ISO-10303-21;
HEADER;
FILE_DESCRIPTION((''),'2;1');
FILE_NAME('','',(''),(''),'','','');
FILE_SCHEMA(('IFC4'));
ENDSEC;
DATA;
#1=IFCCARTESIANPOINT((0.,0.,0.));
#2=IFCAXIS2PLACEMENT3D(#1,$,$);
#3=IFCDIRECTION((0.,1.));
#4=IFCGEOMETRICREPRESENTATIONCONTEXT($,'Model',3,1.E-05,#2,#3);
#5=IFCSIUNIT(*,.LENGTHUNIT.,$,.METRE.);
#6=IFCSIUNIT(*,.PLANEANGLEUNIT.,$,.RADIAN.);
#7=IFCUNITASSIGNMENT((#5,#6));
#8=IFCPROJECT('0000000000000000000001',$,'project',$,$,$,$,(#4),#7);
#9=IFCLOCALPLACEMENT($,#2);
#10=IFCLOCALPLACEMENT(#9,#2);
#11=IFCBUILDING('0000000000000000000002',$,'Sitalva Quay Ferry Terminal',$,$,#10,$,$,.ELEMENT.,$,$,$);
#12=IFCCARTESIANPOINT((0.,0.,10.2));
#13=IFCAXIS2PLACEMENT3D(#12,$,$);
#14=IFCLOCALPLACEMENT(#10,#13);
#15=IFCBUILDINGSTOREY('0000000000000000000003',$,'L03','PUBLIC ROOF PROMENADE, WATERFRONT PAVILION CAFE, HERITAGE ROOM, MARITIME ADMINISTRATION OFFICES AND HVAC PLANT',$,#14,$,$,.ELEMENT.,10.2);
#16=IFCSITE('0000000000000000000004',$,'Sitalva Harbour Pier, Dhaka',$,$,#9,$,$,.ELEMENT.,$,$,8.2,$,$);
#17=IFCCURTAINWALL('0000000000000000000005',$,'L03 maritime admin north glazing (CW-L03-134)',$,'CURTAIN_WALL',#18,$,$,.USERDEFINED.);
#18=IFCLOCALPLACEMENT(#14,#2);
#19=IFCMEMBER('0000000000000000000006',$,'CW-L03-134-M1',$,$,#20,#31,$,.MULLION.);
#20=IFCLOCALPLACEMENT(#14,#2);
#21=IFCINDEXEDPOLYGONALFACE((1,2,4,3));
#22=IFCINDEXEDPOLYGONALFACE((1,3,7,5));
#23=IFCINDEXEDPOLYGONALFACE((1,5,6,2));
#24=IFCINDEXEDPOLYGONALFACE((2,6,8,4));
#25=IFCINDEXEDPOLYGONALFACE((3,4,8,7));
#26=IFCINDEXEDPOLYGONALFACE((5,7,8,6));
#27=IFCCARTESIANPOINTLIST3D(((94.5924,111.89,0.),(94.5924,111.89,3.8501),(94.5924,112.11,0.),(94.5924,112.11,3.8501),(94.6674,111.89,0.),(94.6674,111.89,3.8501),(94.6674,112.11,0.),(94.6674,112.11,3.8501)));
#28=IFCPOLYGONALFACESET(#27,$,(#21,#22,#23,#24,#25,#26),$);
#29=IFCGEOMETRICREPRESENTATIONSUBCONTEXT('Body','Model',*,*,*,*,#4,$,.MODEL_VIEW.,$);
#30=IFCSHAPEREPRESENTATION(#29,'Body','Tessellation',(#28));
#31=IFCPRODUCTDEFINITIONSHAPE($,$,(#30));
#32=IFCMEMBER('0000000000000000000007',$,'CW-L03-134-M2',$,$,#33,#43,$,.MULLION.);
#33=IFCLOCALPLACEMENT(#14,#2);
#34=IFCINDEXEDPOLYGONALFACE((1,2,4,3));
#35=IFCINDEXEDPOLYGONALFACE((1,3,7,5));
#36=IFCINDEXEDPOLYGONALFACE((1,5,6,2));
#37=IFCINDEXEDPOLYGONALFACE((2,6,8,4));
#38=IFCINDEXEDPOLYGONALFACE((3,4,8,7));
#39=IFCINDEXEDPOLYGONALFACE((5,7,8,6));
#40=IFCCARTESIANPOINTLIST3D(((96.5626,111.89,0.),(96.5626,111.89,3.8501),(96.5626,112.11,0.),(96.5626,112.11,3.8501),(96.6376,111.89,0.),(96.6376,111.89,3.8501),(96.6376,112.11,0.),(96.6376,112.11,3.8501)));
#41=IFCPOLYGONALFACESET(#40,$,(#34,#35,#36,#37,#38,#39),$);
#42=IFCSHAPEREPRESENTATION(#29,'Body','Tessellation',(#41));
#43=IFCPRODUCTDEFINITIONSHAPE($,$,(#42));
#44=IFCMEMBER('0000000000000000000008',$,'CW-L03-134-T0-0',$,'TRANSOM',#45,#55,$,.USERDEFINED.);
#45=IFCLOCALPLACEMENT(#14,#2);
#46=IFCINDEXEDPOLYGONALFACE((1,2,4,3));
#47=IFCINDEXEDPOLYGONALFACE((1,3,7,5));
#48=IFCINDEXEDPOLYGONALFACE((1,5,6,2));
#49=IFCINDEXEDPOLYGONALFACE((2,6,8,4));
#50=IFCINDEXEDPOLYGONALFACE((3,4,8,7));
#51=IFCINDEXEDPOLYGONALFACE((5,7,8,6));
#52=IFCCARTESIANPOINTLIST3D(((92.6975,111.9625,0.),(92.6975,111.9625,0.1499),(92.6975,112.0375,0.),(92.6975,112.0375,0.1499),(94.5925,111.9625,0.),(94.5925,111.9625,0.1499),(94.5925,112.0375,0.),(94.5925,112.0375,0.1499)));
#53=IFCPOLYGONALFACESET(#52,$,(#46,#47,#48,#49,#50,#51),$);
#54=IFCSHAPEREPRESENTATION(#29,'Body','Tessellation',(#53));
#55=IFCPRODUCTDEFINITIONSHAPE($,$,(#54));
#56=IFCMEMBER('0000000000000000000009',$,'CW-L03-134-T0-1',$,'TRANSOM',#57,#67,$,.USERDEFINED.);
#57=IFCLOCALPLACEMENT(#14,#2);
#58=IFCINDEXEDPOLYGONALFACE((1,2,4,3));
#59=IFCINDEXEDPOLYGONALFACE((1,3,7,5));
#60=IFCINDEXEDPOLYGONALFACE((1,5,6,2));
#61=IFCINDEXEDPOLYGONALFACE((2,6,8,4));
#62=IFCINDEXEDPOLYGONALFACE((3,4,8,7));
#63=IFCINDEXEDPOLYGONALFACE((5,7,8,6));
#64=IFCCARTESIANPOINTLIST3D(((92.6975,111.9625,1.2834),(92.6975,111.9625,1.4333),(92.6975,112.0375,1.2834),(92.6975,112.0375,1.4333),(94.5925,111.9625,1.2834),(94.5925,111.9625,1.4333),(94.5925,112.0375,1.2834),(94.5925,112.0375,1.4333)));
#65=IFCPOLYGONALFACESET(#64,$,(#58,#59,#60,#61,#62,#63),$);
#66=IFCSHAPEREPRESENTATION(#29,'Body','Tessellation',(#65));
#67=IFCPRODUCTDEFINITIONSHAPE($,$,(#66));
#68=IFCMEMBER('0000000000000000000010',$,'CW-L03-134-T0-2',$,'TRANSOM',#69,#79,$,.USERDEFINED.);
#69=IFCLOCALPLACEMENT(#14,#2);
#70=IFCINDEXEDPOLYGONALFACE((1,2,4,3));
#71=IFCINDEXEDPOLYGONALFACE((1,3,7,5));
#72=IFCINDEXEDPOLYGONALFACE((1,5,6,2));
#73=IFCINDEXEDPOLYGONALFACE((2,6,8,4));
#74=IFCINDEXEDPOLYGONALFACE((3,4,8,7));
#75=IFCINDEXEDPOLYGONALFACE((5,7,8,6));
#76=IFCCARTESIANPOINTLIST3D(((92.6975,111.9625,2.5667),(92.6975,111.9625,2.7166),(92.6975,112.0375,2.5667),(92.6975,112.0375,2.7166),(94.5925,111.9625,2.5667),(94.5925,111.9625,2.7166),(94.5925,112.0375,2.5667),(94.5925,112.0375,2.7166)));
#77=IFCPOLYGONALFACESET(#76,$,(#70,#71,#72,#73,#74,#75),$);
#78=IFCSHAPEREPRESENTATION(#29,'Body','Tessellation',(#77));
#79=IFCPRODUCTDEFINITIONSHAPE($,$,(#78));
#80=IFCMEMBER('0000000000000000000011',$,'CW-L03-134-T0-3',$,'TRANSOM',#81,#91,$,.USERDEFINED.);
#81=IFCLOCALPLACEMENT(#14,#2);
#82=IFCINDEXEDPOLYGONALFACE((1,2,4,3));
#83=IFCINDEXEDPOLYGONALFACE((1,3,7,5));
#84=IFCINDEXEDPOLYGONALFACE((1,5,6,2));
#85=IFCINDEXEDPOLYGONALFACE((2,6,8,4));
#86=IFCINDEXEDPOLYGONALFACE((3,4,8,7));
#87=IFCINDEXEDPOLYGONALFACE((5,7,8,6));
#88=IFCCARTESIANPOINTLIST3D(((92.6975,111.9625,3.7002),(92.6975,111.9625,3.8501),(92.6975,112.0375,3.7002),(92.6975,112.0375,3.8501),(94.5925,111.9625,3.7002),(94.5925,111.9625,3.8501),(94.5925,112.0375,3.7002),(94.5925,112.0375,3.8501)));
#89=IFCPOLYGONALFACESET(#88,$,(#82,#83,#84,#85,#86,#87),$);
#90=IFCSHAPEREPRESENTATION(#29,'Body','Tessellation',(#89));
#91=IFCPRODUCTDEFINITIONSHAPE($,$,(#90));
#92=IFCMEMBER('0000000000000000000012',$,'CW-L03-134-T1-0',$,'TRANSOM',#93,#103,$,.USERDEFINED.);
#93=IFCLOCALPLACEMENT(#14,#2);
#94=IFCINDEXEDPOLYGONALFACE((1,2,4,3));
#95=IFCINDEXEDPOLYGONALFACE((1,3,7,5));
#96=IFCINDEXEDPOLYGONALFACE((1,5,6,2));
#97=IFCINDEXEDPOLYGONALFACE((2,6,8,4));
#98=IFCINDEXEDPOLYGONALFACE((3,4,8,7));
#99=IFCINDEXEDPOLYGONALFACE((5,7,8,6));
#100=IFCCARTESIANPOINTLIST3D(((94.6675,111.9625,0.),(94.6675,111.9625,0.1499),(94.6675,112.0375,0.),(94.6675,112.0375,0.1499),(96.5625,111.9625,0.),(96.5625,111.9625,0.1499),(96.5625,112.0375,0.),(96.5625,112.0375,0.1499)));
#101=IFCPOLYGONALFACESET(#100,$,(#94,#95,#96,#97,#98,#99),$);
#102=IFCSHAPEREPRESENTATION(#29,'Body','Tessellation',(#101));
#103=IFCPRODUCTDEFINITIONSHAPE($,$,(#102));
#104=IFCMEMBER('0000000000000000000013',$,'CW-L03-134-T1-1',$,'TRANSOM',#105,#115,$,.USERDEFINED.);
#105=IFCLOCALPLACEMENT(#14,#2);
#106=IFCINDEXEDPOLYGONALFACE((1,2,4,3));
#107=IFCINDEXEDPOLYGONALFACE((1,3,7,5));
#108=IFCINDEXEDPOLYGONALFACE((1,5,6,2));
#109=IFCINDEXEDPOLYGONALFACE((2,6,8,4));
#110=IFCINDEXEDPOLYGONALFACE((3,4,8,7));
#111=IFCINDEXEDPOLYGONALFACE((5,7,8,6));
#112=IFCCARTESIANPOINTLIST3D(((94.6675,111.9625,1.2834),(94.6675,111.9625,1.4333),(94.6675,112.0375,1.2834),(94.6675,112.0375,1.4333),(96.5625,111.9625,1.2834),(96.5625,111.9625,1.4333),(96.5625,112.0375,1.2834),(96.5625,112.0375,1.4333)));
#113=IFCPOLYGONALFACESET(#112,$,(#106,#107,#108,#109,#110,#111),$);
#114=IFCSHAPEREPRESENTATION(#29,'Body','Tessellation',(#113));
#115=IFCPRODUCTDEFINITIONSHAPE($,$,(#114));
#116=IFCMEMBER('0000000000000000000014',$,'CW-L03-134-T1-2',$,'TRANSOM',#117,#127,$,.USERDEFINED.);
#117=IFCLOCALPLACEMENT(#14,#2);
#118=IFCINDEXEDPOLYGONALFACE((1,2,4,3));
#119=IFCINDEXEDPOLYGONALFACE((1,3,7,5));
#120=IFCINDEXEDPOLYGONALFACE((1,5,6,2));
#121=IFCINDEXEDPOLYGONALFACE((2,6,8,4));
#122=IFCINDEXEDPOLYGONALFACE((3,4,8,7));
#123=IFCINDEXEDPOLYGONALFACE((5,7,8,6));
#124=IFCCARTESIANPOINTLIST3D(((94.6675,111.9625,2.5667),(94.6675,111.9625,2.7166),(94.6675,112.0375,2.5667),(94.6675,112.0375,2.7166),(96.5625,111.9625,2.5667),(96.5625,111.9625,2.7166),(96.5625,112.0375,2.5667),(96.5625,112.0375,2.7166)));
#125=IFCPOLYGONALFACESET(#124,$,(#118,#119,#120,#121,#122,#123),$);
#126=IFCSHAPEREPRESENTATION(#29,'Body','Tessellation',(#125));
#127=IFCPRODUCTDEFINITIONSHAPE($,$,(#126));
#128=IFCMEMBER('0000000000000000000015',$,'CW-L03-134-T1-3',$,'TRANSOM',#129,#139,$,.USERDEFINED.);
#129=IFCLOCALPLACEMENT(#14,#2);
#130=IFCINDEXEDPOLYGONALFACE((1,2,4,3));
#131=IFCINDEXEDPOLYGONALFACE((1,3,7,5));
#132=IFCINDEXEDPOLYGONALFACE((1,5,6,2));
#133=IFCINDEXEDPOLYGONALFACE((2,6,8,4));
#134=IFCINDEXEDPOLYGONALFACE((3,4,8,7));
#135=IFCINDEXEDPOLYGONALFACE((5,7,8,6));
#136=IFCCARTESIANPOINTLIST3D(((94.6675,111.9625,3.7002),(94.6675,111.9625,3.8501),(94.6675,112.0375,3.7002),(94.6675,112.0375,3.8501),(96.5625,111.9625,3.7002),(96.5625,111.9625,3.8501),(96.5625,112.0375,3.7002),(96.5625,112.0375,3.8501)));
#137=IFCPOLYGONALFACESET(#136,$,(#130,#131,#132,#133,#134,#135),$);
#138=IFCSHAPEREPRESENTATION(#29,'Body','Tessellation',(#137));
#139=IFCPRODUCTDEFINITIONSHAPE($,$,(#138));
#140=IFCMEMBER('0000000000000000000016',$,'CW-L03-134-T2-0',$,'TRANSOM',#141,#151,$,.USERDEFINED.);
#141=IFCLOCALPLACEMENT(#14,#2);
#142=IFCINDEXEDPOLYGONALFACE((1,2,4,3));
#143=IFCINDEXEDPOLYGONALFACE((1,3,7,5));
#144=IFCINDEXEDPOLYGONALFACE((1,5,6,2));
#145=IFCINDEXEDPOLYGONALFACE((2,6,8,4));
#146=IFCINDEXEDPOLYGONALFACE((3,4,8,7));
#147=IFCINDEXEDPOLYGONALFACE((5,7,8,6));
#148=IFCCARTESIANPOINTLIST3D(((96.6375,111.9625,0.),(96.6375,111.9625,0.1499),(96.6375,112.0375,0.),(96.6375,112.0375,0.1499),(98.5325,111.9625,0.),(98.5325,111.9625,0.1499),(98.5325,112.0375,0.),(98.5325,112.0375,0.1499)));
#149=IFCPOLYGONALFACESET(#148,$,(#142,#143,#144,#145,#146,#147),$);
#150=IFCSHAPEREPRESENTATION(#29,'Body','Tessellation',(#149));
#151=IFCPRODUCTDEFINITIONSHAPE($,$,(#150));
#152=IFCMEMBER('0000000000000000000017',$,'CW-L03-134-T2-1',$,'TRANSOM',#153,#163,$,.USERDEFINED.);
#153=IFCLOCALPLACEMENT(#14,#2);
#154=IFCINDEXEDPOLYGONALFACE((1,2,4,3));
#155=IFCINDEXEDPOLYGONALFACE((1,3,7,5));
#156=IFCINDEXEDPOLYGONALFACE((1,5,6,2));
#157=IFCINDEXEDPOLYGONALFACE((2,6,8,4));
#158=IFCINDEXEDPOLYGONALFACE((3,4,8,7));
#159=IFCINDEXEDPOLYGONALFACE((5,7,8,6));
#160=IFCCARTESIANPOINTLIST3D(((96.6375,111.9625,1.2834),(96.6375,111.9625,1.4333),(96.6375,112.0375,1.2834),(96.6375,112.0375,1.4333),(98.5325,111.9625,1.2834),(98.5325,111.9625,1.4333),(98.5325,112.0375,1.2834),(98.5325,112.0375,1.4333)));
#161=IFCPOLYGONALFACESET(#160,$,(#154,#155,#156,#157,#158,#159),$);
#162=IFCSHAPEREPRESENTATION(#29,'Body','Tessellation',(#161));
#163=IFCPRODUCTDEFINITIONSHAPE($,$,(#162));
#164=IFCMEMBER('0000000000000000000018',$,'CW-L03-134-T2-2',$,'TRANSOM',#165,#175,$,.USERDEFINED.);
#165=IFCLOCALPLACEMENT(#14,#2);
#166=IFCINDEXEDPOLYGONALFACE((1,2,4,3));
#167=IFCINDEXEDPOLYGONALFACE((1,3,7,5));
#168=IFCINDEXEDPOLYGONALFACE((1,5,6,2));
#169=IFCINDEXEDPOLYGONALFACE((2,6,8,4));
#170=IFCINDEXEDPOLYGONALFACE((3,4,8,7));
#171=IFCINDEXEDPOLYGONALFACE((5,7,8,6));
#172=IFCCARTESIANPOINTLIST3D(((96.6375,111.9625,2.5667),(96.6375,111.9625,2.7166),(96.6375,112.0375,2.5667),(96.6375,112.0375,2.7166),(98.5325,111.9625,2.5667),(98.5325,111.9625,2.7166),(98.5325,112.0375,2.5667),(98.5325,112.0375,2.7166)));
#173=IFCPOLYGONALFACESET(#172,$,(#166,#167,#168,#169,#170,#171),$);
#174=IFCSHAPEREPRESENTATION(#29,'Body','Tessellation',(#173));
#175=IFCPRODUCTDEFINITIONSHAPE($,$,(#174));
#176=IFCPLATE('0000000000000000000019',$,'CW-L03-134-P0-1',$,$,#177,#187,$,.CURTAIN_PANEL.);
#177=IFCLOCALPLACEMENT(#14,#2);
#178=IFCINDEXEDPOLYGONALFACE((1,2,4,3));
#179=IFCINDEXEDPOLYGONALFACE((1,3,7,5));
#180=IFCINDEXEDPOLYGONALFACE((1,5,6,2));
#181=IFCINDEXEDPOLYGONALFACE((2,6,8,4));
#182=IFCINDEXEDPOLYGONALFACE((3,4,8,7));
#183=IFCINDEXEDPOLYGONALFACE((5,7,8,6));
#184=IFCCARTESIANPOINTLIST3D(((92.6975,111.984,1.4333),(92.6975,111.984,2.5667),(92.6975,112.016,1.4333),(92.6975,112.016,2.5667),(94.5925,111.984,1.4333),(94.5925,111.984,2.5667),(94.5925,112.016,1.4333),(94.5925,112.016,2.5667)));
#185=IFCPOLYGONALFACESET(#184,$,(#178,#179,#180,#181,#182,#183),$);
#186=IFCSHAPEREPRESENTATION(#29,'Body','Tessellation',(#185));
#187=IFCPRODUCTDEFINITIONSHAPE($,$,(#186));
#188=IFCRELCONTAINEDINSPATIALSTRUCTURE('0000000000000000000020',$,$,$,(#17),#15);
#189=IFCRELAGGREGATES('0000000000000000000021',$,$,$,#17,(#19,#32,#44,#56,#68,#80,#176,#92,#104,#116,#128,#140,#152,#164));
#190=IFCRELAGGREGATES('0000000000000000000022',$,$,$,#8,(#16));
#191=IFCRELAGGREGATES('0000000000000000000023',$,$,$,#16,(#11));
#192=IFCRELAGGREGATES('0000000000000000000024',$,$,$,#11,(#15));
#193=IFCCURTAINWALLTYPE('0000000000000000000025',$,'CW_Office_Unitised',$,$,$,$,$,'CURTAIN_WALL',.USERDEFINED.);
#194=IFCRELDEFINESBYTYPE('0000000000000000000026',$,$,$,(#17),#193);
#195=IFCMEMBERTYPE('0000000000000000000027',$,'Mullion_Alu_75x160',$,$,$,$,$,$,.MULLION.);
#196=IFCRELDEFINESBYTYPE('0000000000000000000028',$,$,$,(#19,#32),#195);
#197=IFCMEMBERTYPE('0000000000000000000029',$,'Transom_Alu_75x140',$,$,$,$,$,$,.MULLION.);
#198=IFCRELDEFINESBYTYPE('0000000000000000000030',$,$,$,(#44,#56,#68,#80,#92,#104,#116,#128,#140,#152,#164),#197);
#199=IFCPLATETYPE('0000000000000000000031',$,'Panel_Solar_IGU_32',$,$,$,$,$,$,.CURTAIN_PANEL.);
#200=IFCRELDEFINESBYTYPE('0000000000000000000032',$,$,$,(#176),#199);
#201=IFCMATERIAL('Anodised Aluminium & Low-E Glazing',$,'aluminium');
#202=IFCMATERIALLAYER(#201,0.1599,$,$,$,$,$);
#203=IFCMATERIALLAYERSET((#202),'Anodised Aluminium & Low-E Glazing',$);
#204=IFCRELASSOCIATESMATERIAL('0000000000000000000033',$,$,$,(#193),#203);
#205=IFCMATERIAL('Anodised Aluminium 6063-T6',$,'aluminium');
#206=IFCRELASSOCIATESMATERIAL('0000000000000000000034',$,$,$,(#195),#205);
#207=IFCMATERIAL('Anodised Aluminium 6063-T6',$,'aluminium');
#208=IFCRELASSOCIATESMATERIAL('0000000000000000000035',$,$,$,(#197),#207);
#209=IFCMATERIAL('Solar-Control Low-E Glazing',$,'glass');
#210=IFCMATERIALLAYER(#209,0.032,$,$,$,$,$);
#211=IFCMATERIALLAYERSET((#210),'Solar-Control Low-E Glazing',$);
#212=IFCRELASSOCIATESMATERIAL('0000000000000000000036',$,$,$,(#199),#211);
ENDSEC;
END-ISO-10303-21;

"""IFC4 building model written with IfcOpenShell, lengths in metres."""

from ifc_helpers import new_model, si_unit, direction, frame, origin, origin_2d, place, context, subcontext, project, spatial, rectangle, extrude, material, layer, layer_set, material_profile, profile_set, type_object, element, aggregate, save


model = new_model("IFC4")

# Units and contexts
model_context = context("Model", 3, precision=1e-05, world=origin(), true_north=direction((0.0, 1.0)))
body_context = subcontext(model_context, "Body", "Model", "MODEL_VIEW")
ifc_project = project(units=[si_unit("LENGTHUNIT", "METRE"), si_unit("PLANEANGLEUNIT", "RADIAN")], contexts=[model_context])

# Site, building, storey
site_placement = place(None, origin())
site = spatial("IfcSite", under=ifc_project, at=site_placement, Name="Sitalva Harbour Pier, Dhaka", CompositionType="ELEMENT", RefElevation=8.2)
building_placement = place(site_placement, origin())
building = spatial("IfcBuilding", under=site, at=building_placement, Name="Sitalva Quay Ferry Terminal", CompositionType="ELEMENT")
storey_placement = place(building_placement, frame((0.0, 0.0, 10.2)))
storey = spatial("IfcBuildingStorey", under=building, at=storey_placement, Name="L03", Description="PUBLIC ROOF PROMENADE, WATERFRONT PAVILION CAFE, HERITAGE ROOM, MARITIME ADMINISTRATION OFFICES AND HVAC PLANT", CompositionType="ELEMENT", Elevation=10.2)

# Curtain wall, members, plate
ifc_material_1 = material(Name="Anodised Aluminium & Low-E Glazing", Category="aluminium")
ifc_layer_1 = layer(ifc_material_1, 0.1599)
ifc_layer_set_1 = layer_set([ifc_layer_1], Name="Anodised Aluminium & Low-E Glazing")
curtain_wall_type = type_object("IfcCurtainWallType", Name="CW_Office_Unitised", ElementType="CURTAIN_WALL", PredefinedType="USERDEFINED", material=ifc_layer_set_1)
curtain_wall_placement = place(storey_placement, origin())
curtain_wall = element("IfcCurtainWall", 1, at=curtain_wall_placement, inside=storey, type_object=curtain_wall_type, Name="L03 maritime admin north glazing (CW-L03-134)", ObjectType="CURTAIN_WALL", PredefinedType="USERDEFINED")
ifc_material_2 = material(Name="Anodised Aluminium 6063-T6", Category="aluminium")
ifc_material_profile_1 = material_profile(ifc_material_2, rectangle(XDim=0.075, YDim=0.22, at=origin_2d()), Name="ALU75x220")
ifc_profile_set_1 = profile_set([ifc_material_profile_1], Name="Anodised Aluminium 6063-T6")
member_type_1 = type_object("IfcMemberType", Name="Mullion_Alu_75x160", PredefinedType="MULLION", material=ifc_profile_set_1)
member_1_placement = place(storey_placement, frame((94.6299, 112.0, 0.0), z_axis=(0.0, 0.0, 1.0), x_axis=(1.0, 0.0, 0.0)))
member_1 = element("IfcMember", 2, at=member_1_placement, type_object=member_type_1, Name="CW-L03-134-M1", PredefinedType="MULLION", context=body_context, shape_type="SweptSolid", body=[
    extrude(rectangle(XDim=0.075, YDim=0.22, at=origin_2d()), origin(), (0.0, 0.0, 1.0), 3.8501),
])
member_2_placement = place(storey_placement, frame((96.6001, 112.0, 0.0), z_axis=(0.0, 0.0, 1.0), x_axis=(1.0, 0.0, 0.0)))
member_2 = element("IfcMember", 3, at=member_2_placement, type_object=member_type_1, Name="CW-L03-134-M2", PredefinedType="MULLION", context=body_context, shape_type="SweptSolid", body=[
    extrude(rectangle(XDim=0.075, YDim=0.22, at=origin_2d()), origin(), (0.0, 0.0, 1.0), 3.8501),
])
ifc_material_3 = material(Name="Anodised Aluminium 6063-T6", Category="aluminium")
ifc_material_profile_2 = material_profile(ifc_material_3, rectangle(XDim=0.075, YDim=0.1499, at=origin_2d()), Name="ALU75x150")
ifc_profile_set_2 = profile_set([ifc_material_profile_2], Name="Anodised Aluminium 6063-T6")
member_type_2 = type_object("IfcMemberType", Name="Transom_Alu_75x140", PredefinedType="MULLION", material=ifc_profile_set_2)
member_3_placement = place(storey_placement, frame((92.6975, 112.0, 0.075), z_axis=(1.0, 0.0, 0.0), x_axis=(0.0, 1.0, 0.0)))
member_3 = element("IfcMember", 4, at=member_3_placement, type_object=member_type_2, Name="CW-L03-134-T0-0", ObjectType="TRANSOM", PredefinedType="USERDEFINED", context=body_context, shape_type="SweptSolid", body=[
    extrude(rectangle(XDim=0.075, YDim=0.1499, at=origin_2d()), origin(), (0.0, 0.0, 1.0), 1.895),
])
member_4_placement = place(storey_placement, frame((92.6975, 112.0, 1.3584), z_axis=(1.0, 0.0, 0.0), x_axis=(0.0, 1.0, 0.0)))
member_4 = element("IfcMember", 5, at=member_4_placement, type_object=member_type_2, Name="CW-L03-134-T0-1", ObjectType="TRANSOM", PredefinedType="USERDEFINED", context=body_context, shape_type="SweptSolid", body=[
    extrude(rectangle(XDim=0.075, YDim=0.1499, at=origin_2d()), origin(), (0.0, 0.0, 1.0), 1.895),
])
member_5_placement = place(storey_placement, frame((92.6975, 112.0, 2.6416), z_axis=(1.0, 0.0, 0.0), x_axis=(0.0, 1.0, 0.0)))
member_5 = element("IfcMember", 6, at=member_5_placement, type_object=member_type_2, Name="CW-L03-134-T0-2", ObjectType="TRANSOM", PredefinedType="USERDEFINED", context=body_context, shape_type="SweptSolid", body=[
    extrude(rectangle(XDim=0.075, YDim=0.1499, at=origin_2d()), origin(), (0.0, 0.0, 1.0), 1.895),
])
member_6_placement = place(storey_placement, frame((92.6975, 112.0, 3.7751), z_axis=(1.0, 0.0, 0.0), x_axis=(0.0, 1.0, 0.0)))
member_6 = element("IfcMember", 7, at=member_6_placement, type_object=member_type_2, Name="CW-L03-134-T0-3", ObjectType="TRANSOM", PredefinedType="USERDEFINED", context=body_context, shape_type="SweptSolid", body=[
    extrude(rectangle(XDim=0.075, YDim=0.1499, at=origin_2d()), origin(), (0.0, 0.0, 1.0), 1.895),
])
member_7_placement = place(storey_placement, frame((94.6675, 112.0, 0.075), z_axis=(1.0, 0.0, 0.0), x_axis=(0.0, 1.0, 0.0)))
member_7 = element("IfcMember", 8, at=member_7_placement, type_object=member_type_2, Name="CW-L03-134-T1-0", ObjectType="TRANSOM", PredefinedType="USERDEFINED", context=body_context, shape_type="SweptSolid", body=[
    extrude(rectangle(XDim=0.075, YDim=0.1499, at=origin_2d()), origin(), (0.0, 0.0, 1.0), 1.895),
])
member_8_placement = place(storey_placement, frame((94.6675, 112.0, 1.3584), z_axis=(1.0, 0.0, 0.0), x_axis=(0.0, 1.0, 0.0)))
member_8 = element("IfcMember", 9, at=member_8_placement, type_object=member_type_2, Name="CW-L03-134-T1-1", ObjectType="TRANSOM", PredefinedType="USERDEFINED", context=body_context, shape_type="SweptSolid", body=[
    extrude(rectangle(XDim=0.075, YDim=0.1499, at=origin_2d()), origin(), (0.0, 0.0, 1.0), 1.895),
])
member_9_placement = place(storey_placement, frame((94.6675, 112.0, 2.6416), z_axis=(1.0, 0.0, 0.0), x_axis=(0.0, 1.0, 0.0)))
member_9 = element("IfcMember", 10, at=member_9_placement, type_object=member_type_2, Name="CW-L03-134-T1-2", ObjectType="TRANSOM", PredefinedType="USERDEFINED", context=body_context, shape_type="SweptSolid", body=[
    extrude(rectangle(XDim=0.075, YDim=0.1499, at=origin_2d()), origin(), (0.0, 0.0, 1.0), 1.895),
])
member_10_placement = place(storey_placement, frame((94.6675, 112.0, 3.7751), z_axis=(1.0, 0.0, 0.0), x_axis=(0.0, 1.0, 0.0)))
member_10 = element("IfcMember", 11, at=member_10_placement, type_object=member_type_2, Name="CW-L03-134-T1-3", ObjectType="TRANSOM", PredefinedType="USERDEFINED", context=body_context, shape_type="SweptSolid", body=[
    extrude(rectangle(XDim=0.075, YDim=0.1499, at=origin_2d()), origin(), (0.0, 0.0, 1.0), 1.895),
])
member_11_placement = place(storey_placement, frame((96.6375, 112.0, 0.075), z_axis=(1.0, 0.0, 0.0), x_axis=(0.0, 1.0, 0.0)))
member_11 = element("IfcMember", 12, at=member_11_placement, type_object=member_type_2, Name="CW-L03-134-T2-0", ObjectType="TRANSOM", PredefinedType="USERDEFINED", context=body_context, shape_type="SweptSolid", body=[
    extrude(rectangle(XDim=0.075, YDim=0.1499, at=origin_2d()), origin(), (0.0, 0.0, 1.0), 1.895),
])
member_12_placement = place(storey_placement, frame((96.6375, 112.0, 1.3584), z_axis=(1.0, 0.0, 0.0), x_axis=(0.0, 1.0, 0.0)))
member_12 = element("IfcMember", 13, at=member_12_placement, type_object=member_type_2, Name="CW-L03-134-T2-1", ObjectType="TRANSOM", PredefinedType="USERDEFINED", context=body_context, shape_type="SweptSolid", body=[
    extrude(rectangle(XDim=0.075, YDim=0.1499, at=origin_2d()), origin(), (0.0, 0.0, 1.0), 1.895),
])
member_13_placement = place(storey_placement, frame((96.6375, 112.0, 2.6416), z_axis=(1.0, 0.0, 0.0), x_axis=(0.0, 1.0, 0.0)))
member_13 = element("IfcMember", 14, at=member_13_placement, type_object=member_type_2, Name="CW-L03-134-T2-2", ObjectType="TRANSOM", PredefinedType="USERDEFINED", context=body_context, shape_type="SweptSolid", body=[
    extrude(rectangle(XDim=0.075, YDim=0.1499, at=origin_2d()), origin(), (0.0, 0.0, 1.0), 1.895),
])
ifc_material_4 = material(Name="Solar-Control Low-E Glazing", Category="glass")
ifc_layer_2 = layer(ifc_material_4, 0.032)
ifc_layer_set_2 = layer_set([ifc_layer_2], Name="Solar-Control Low-E Glazing")
plate_type_1 = type_object("IfcPlateType", Name="Panel_Solar_IGU_32", PredefinedType="CURTAIN_PANEL", material=ifc_layer_set_2)
plate_1_placement = place(storey_placement, frame((93.645, 112.0, 1.4333), z_axis=(0.0, 0.0, 1.0), x_axis=(1.0, 0.0, 0.0)))
plate_1 = element("IfcPlate", 15, at=plate_1_placement, type_object=plate_type_1, Name="CW-L03-134-P0-1", PredefinedType="CURTAIN_PANEL", context=body_context, shape_type="SweptSolid", body=[
    extrude(rectangle(XDim=1.895, YDim=0.032, at=origin_2d()), origin(), (0.0, 0.0, 1.0), 1.1333),
])
aggregate(curtain_wall, [member_1, member_2, member_3, member_4, member_5, member_6, plate_1, member_7, member_8, member_9, member_10, member_11, member_12, member_13])

save(model, "model.ifc")
